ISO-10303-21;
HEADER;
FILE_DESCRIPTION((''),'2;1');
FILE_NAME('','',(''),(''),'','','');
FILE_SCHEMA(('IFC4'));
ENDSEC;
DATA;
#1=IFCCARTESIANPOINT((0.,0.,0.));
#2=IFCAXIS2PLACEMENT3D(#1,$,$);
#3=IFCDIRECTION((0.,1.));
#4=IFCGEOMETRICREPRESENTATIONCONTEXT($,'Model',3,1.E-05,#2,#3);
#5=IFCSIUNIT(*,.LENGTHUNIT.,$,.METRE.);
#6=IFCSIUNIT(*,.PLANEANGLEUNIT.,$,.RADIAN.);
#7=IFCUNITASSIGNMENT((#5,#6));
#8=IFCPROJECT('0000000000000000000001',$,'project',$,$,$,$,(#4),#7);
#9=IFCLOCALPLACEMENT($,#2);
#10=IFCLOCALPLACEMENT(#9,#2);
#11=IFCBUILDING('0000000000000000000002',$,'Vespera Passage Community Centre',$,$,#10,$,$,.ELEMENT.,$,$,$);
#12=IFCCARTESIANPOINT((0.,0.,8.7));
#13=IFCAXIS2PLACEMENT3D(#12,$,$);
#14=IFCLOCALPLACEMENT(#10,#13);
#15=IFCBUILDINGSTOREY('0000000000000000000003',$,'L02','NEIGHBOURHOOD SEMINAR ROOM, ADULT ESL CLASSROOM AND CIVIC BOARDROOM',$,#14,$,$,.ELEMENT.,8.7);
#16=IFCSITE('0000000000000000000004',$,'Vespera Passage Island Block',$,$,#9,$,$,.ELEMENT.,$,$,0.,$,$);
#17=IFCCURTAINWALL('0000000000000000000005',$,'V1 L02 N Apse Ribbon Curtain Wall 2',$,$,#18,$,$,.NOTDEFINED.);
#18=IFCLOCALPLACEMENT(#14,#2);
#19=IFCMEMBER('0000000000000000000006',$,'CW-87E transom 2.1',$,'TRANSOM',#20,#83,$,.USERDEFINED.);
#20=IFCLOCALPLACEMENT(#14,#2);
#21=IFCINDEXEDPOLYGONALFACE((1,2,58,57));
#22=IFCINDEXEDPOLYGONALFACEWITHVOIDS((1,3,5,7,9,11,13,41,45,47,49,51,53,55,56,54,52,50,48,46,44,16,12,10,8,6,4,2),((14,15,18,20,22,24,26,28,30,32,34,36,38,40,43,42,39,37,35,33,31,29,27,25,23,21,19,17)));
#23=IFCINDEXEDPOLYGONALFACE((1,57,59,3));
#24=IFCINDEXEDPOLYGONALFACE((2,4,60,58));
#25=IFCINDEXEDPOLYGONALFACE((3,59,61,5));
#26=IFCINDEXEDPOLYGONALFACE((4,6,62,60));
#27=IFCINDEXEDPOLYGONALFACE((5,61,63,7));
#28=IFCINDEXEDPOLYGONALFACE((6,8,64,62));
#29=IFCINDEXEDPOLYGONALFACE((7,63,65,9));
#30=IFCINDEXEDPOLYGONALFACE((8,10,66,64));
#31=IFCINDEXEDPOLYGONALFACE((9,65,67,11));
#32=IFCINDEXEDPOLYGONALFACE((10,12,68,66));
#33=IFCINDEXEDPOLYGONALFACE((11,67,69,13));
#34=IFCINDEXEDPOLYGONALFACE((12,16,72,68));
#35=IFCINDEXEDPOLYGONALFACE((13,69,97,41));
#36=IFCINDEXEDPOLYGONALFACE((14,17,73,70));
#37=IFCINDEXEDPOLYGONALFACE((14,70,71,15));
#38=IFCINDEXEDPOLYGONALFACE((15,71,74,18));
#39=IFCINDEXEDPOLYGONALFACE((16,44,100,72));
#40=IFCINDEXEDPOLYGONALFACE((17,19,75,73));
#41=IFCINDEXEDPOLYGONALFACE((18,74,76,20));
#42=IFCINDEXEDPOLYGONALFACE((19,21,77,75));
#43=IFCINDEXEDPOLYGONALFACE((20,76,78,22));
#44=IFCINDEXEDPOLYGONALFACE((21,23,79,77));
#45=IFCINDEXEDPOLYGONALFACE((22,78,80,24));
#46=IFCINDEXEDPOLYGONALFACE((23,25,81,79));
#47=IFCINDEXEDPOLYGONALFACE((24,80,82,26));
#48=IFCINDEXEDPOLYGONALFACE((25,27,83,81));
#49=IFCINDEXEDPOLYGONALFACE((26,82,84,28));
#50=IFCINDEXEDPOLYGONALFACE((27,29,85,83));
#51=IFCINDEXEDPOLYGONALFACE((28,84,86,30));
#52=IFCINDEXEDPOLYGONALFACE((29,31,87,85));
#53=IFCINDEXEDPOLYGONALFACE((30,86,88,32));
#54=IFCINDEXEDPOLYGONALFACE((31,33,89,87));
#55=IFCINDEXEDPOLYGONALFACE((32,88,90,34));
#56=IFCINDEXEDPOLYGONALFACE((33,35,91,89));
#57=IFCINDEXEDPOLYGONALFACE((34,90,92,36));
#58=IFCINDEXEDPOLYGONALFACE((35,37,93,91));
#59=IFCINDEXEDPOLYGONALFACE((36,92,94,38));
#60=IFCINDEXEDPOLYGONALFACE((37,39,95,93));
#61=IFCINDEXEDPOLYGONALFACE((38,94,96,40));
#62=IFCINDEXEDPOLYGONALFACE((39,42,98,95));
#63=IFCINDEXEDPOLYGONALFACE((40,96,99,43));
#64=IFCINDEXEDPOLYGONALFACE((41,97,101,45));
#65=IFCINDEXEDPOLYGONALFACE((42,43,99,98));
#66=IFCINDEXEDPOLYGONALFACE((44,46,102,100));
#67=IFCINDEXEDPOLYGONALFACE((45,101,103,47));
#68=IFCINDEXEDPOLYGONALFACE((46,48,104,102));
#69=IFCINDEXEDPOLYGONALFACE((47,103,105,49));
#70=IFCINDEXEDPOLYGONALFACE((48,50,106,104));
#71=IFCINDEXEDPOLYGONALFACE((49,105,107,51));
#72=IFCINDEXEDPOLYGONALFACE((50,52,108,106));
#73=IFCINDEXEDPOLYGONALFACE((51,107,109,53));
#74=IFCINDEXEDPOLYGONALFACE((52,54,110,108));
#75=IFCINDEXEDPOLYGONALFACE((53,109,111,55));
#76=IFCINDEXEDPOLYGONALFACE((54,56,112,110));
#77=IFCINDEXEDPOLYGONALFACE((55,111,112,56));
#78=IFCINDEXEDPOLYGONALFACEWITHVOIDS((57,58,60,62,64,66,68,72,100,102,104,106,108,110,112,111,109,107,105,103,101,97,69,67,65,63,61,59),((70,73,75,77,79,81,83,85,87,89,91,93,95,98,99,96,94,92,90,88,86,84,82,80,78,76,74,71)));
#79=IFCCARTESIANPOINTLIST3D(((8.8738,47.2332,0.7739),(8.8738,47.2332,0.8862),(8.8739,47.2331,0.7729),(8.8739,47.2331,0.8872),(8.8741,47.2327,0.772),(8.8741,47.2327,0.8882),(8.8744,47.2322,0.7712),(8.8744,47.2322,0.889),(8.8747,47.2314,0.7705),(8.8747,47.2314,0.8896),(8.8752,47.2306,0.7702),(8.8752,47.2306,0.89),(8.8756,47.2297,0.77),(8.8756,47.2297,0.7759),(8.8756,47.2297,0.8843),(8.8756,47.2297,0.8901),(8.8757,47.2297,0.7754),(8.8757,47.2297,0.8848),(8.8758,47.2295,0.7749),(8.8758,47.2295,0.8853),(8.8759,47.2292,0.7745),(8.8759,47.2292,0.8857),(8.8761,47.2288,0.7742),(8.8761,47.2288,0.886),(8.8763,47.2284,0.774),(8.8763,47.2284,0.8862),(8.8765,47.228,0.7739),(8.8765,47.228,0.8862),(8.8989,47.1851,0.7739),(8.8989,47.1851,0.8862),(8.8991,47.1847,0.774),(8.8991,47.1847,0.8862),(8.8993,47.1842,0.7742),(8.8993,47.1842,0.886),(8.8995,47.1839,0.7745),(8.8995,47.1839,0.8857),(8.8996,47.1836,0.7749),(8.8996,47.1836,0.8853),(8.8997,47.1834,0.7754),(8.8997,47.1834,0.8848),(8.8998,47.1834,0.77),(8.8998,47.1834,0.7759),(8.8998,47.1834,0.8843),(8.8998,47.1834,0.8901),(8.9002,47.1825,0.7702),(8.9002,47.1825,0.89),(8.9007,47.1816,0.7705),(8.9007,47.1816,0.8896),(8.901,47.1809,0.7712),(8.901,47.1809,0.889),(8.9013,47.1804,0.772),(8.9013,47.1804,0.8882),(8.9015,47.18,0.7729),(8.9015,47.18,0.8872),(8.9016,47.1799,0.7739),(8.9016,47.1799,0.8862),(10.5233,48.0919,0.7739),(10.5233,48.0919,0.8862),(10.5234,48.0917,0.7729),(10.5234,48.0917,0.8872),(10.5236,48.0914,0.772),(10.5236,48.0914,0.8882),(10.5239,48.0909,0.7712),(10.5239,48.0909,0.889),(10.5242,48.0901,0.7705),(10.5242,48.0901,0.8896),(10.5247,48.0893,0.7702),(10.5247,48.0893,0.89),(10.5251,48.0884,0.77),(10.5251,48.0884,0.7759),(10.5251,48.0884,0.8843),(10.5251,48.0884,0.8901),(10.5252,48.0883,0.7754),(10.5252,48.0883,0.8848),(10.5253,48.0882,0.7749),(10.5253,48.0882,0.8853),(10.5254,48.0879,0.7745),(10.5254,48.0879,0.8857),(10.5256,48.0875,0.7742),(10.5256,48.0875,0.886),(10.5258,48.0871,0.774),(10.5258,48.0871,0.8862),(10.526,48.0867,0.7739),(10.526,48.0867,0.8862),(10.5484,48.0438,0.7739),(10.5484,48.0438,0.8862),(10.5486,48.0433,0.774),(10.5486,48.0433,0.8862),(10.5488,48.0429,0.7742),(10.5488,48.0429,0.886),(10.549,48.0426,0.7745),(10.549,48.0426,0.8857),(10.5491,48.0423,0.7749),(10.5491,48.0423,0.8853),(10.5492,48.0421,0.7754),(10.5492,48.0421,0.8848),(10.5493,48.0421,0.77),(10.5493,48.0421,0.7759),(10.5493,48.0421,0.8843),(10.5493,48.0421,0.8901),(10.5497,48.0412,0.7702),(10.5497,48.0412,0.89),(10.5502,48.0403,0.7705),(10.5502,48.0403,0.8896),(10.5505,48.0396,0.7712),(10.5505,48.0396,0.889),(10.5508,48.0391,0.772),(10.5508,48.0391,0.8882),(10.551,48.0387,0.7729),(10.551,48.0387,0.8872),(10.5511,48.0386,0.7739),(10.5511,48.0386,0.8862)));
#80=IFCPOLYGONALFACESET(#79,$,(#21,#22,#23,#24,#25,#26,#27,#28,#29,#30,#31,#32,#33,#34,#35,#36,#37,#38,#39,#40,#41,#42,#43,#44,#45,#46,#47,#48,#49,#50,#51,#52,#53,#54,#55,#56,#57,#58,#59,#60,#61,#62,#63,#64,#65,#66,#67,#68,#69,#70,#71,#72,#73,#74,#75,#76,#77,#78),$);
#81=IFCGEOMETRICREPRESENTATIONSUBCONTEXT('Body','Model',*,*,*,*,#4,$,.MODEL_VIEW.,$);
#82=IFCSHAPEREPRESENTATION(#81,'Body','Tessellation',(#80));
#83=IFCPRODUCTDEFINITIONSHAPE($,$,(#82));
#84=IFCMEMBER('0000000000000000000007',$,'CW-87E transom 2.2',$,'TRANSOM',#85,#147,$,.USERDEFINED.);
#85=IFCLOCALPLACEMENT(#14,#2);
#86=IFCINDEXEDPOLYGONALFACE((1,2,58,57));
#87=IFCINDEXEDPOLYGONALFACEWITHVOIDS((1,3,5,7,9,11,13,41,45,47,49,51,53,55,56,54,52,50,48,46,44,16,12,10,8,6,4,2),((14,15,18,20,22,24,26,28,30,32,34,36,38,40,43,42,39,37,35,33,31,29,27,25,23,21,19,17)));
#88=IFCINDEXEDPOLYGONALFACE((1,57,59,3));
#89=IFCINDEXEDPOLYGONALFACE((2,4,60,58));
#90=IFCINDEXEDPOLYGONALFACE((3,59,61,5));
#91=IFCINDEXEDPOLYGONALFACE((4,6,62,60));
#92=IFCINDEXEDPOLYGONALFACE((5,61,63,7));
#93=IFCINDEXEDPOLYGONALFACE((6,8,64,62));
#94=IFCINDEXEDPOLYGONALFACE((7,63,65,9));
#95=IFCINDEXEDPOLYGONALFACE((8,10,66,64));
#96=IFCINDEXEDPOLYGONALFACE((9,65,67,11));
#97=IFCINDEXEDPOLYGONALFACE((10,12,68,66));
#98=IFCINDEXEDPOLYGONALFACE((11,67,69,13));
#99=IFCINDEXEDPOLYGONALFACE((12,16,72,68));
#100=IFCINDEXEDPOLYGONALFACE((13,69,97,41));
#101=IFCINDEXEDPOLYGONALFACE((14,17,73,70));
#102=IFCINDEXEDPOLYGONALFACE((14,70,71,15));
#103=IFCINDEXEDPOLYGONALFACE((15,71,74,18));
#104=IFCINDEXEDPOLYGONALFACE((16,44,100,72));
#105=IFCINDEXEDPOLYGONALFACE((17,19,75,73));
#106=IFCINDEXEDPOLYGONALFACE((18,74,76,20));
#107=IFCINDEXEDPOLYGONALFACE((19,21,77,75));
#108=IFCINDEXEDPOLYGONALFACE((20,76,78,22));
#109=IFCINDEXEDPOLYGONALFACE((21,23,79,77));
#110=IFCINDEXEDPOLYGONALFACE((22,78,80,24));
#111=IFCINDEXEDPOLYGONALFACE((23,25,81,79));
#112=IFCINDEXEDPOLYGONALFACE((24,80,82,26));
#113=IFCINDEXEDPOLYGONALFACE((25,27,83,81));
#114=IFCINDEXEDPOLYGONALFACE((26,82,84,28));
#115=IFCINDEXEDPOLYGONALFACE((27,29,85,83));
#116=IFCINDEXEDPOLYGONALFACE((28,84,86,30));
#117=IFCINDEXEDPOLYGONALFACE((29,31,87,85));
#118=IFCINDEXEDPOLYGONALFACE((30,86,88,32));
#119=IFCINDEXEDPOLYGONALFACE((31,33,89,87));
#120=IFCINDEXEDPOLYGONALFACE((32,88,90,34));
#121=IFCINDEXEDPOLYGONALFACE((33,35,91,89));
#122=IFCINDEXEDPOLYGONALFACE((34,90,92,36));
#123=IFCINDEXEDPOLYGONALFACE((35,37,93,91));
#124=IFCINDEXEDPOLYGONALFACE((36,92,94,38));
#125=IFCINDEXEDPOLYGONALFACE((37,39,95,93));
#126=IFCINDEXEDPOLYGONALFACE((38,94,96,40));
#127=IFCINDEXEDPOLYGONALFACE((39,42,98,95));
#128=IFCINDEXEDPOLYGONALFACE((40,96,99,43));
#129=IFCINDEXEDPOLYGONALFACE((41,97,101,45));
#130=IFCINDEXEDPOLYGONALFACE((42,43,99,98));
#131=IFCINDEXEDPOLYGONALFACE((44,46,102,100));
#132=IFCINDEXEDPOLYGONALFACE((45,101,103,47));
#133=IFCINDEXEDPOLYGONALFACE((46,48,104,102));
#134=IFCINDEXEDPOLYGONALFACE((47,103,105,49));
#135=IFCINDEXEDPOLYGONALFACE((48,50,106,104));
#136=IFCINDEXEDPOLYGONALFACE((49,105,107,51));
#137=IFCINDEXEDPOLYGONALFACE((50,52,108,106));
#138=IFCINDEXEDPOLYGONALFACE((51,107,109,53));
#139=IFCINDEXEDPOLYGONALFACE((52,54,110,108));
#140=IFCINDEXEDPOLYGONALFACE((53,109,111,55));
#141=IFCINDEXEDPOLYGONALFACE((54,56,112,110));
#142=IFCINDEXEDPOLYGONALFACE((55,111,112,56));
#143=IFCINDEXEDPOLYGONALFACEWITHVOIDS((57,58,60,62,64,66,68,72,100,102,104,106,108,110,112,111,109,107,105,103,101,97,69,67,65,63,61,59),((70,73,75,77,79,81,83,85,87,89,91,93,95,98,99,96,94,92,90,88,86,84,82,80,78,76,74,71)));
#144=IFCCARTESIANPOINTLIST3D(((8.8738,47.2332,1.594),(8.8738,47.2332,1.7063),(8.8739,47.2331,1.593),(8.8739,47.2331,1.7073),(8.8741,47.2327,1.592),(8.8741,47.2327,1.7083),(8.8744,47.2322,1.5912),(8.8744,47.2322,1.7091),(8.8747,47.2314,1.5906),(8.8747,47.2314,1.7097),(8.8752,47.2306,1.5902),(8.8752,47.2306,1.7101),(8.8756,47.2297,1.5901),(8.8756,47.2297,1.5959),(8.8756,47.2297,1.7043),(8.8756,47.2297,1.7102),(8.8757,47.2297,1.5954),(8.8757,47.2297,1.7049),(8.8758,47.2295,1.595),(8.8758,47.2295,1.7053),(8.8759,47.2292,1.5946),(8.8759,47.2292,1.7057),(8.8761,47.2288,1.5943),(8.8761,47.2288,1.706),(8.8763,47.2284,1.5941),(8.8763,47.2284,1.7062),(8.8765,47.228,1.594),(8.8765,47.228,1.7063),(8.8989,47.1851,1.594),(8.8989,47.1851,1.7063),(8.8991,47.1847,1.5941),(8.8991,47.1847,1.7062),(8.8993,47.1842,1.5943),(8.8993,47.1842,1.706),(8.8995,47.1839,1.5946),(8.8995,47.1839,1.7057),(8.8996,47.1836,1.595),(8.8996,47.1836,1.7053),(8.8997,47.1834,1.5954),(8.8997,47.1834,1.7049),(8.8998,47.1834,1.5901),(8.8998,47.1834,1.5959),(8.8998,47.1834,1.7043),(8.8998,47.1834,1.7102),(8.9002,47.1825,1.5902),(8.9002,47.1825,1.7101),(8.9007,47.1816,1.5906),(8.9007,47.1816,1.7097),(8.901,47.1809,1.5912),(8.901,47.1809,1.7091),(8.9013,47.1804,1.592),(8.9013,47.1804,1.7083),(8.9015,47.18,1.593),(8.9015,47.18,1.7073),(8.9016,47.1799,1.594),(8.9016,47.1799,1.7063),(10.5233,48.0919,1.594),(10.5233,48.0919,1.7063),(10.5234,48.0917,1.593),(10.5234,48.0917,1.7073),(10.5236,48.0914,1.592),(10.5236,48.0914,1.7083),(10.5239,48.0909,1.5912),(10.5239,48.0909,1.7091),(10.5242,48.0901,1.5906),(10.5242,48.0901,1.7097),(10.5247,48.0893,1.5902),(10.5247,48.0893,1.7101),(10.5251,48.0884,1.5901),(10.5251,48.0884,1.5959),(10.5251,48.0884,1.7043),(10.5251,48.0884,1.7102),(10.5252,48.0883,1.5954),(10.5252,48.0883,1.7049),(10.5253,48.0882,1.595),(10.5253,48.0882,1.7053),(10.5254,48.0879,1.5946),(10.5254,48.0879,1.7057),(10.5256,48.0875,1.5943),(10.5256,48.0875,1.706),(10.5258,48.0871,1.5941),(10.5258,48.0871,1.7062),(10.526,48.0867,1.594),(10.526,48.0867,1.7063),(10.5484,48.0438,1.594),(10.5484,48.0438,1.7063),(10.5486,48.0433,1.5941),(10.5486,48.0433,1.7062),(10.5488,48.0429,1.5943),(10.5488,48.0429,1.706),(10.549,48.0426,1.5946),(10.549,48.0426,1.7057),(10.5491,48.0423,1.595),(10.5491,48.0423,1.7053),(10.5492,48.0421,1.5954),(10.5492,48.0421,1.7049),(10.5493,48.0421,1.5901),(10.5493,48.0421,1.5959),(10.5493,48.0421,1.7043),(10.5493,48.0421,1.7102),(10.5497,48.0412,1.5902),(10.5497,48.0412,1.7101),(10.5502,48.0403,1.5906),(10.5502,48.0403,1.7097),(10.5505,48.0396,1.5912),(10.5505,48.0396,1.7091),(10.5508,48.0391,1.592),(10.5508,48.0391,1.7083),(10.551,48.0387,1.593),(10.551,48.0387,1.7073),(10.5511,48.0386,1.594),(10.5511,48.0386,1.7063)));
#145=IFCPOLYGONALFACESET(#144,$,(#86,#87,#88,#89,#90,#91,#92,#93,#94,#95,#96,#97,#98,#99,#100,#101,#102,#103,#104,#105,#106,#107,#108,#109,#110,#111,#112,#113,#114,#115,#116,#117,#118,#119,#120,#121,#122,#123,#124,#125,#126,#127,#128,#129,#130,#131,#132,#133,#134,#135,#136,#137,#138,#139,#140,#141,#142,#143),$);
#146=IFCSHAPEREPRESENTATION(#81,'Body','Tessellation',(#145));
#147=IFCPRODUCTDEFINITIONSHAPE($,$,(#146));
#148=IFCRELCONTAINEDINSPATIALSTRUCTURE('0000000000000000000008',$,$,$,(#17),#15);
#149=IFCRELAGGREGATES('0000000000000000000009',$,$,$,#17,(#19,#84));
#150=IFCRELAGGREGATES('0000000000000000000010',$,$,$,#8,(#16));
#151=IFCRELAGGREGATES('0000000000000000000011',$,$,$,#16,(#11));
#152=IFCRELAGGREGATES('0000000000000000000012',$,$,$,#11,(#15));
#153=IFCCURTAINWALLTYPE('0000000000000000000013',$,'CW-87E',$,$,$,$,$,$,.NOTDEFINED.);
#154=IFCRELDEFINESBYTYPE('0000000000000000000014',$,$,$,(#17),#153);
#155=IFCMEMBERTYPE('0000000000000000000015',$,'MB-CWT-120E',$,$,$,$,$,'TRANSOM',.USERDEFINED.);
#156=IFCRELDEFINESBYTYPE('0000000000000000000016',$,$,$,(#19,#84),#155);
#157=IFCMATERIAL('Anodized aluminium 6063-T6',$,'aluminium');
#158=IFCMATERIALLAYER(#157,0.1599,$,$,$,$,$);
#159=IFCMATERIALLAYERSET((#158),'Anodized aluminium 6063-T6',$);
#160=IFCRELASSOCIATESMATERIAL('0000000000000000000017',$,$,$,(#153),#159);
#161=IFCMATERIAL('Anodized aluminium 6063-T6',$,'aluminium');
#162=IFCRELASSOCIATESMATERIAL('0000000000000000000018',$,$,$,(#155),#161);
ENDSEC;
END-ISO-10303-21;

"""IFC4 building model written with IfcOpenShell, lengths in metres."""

from ifc_helpers import new_model, si_unit, direction, frame, origin, origin_2d, place, context, subcontext, project, spatial, hollow_rectangle, extrude, material, layer, layer_set, material_profile, profile_set, type_object, element, aggregate, save


model = new_model("IFC4")

# Units and contexts
model_context = context("Model", 3, precision=1e-05, world=origin(), true_north=direction((0.0, 1.0)))
body_context = subcontext(model_context, "Body", "Model", "MODEL_VIEW")
ifc_project = project(units=[si_unit("LENGTHUNIT", "METRE"), si_unit("PLANEANGLEUNIT", "RADIAN")], contexts=[model_context])

# Site, building, storey
site_placement = place(None, origin())
site = spatial("IfcSite", under=ifc_project, at=site_placement, Name="Vespera Passage Island Block", CompositionType="ELEMENT", RefElevation=0.0)
building_placement = place(site_placement, origin())
building = spatial("IfcBuilding", under=site, at=building_placement, Name="Vespera Passage Community Centre", CompositionType="ELEMENT")
storey_placement = place(building_placement, frame((0.0, 0.0, 8.7)))
storey = spatial("IfcBuildingStorey", under=building, at=storey_placement, Name="L02", Description="NEIGHBOURHOOD SEMINAR ROOM, ADULT ESL CLASSROOM AND CIVIC BOARDROOM", CompositionType="ELEMENT", Elevation=8.7)

# Curtain wall, members
ifc_material_1 = material(Name="Anodized aluminium 6063-T6", Category="aluminium")
ifc_layer_1 = layer(ifc_material_1, 0.1599)
ifc_layer_set_1 = layer_set([ifc_layer_1], Name="Anodized aluminium 6063-T6")
curtain_wall_type = type_object("IfcCurtainWallType", Name="CW-87E", PredefinedType="NOTDEFINED", material=ifc_layer_set_1)
curtain_wall_placement = place(storey_placement, origin())
curtain_wall = element("IfcCurtainWall", 1, at=curtain_wall_placement, inside=storey, type_object=curtain_wall_type, Name="V1 L02 N Apse Ribbon Curtain Wall 2", PredefinedType="NOTDEFINED")
ifc_material_2 = material(Name="Anodized aluminium 6063-T6", Category="aluminium")
ifc_material_profile_1 = material_profile(ifc_material_2, hollow_rectangle(XDim=0.0601, YDim=0.1201, WallThickness=0.0039, InnerFilletRadius=0.002, OuterFilletRadius=0.0039, at=origin_2d()), Name="ALU120X60X4")
ifc_profile_set_1 = profile_set([ifc_material_profile_1], Name="Anodized aluminium 6063-T6")
member_type_1 = type_object("IfcMemberType", Name="MB-CWT-120E", ElementType="TRANSOM", PredefinedType="USERDEFINED", material=ifc_profile_set_1)
member_1_placement = place(storey_placement, frame((8.8877, 47.2065, 0.8301), z_axis=(0.887008, 0.461754, 0.0), x_axis=(-0.461754, 0.887008, 0.0)))
member_1 = element("IfcMember", 2, at=member_1_placement, type_object=member_type_1, Name="CW-87E transom 2.1", ObjectType="TRANSOM", PredefinedType="USERDEFINED", context=body_context, shape_type="SweptSolid", body=[
    extrude(hollow_rectangle(XDim=0.0601, YDim=0.1201, WallThickness=0.0039, InnerFilletRadius=0.002, OuterFilletRadius=0.0039, at=origin_2d()), origin(), (0.0, 0.0, 1.0), 1.8596),
])
member_2_placement = place(storey_placement, frame((8.8877, 47.2065, 1.6501), z_axis=(0.887008, 0.461754, 0.0), x_axis=(-0.461754, 0.887008, 0.0)))
member_2 = element("IfcMember", 3, at=member_2_placement, type_object=member_type_1, Name="CW-87E transom 2.2", ObjectType="TRANSOM", PredefinedType="USERDEFINED", context=body_context, shape_type="SweptSolid", body=[
    extrude(hollow_rectangle(XDim=0.0601, YDim=0.1201, WallThickness=0.0039, InnerFilletRadius=0.002, OuterFilletRadius=0.0039, at=origin_2d()), origin(), (0.0, 0.0, 1.0), 1.8596),
])
aggregate(curtain_wall, [member_1, member_2])

save(model, "model.ifc")
